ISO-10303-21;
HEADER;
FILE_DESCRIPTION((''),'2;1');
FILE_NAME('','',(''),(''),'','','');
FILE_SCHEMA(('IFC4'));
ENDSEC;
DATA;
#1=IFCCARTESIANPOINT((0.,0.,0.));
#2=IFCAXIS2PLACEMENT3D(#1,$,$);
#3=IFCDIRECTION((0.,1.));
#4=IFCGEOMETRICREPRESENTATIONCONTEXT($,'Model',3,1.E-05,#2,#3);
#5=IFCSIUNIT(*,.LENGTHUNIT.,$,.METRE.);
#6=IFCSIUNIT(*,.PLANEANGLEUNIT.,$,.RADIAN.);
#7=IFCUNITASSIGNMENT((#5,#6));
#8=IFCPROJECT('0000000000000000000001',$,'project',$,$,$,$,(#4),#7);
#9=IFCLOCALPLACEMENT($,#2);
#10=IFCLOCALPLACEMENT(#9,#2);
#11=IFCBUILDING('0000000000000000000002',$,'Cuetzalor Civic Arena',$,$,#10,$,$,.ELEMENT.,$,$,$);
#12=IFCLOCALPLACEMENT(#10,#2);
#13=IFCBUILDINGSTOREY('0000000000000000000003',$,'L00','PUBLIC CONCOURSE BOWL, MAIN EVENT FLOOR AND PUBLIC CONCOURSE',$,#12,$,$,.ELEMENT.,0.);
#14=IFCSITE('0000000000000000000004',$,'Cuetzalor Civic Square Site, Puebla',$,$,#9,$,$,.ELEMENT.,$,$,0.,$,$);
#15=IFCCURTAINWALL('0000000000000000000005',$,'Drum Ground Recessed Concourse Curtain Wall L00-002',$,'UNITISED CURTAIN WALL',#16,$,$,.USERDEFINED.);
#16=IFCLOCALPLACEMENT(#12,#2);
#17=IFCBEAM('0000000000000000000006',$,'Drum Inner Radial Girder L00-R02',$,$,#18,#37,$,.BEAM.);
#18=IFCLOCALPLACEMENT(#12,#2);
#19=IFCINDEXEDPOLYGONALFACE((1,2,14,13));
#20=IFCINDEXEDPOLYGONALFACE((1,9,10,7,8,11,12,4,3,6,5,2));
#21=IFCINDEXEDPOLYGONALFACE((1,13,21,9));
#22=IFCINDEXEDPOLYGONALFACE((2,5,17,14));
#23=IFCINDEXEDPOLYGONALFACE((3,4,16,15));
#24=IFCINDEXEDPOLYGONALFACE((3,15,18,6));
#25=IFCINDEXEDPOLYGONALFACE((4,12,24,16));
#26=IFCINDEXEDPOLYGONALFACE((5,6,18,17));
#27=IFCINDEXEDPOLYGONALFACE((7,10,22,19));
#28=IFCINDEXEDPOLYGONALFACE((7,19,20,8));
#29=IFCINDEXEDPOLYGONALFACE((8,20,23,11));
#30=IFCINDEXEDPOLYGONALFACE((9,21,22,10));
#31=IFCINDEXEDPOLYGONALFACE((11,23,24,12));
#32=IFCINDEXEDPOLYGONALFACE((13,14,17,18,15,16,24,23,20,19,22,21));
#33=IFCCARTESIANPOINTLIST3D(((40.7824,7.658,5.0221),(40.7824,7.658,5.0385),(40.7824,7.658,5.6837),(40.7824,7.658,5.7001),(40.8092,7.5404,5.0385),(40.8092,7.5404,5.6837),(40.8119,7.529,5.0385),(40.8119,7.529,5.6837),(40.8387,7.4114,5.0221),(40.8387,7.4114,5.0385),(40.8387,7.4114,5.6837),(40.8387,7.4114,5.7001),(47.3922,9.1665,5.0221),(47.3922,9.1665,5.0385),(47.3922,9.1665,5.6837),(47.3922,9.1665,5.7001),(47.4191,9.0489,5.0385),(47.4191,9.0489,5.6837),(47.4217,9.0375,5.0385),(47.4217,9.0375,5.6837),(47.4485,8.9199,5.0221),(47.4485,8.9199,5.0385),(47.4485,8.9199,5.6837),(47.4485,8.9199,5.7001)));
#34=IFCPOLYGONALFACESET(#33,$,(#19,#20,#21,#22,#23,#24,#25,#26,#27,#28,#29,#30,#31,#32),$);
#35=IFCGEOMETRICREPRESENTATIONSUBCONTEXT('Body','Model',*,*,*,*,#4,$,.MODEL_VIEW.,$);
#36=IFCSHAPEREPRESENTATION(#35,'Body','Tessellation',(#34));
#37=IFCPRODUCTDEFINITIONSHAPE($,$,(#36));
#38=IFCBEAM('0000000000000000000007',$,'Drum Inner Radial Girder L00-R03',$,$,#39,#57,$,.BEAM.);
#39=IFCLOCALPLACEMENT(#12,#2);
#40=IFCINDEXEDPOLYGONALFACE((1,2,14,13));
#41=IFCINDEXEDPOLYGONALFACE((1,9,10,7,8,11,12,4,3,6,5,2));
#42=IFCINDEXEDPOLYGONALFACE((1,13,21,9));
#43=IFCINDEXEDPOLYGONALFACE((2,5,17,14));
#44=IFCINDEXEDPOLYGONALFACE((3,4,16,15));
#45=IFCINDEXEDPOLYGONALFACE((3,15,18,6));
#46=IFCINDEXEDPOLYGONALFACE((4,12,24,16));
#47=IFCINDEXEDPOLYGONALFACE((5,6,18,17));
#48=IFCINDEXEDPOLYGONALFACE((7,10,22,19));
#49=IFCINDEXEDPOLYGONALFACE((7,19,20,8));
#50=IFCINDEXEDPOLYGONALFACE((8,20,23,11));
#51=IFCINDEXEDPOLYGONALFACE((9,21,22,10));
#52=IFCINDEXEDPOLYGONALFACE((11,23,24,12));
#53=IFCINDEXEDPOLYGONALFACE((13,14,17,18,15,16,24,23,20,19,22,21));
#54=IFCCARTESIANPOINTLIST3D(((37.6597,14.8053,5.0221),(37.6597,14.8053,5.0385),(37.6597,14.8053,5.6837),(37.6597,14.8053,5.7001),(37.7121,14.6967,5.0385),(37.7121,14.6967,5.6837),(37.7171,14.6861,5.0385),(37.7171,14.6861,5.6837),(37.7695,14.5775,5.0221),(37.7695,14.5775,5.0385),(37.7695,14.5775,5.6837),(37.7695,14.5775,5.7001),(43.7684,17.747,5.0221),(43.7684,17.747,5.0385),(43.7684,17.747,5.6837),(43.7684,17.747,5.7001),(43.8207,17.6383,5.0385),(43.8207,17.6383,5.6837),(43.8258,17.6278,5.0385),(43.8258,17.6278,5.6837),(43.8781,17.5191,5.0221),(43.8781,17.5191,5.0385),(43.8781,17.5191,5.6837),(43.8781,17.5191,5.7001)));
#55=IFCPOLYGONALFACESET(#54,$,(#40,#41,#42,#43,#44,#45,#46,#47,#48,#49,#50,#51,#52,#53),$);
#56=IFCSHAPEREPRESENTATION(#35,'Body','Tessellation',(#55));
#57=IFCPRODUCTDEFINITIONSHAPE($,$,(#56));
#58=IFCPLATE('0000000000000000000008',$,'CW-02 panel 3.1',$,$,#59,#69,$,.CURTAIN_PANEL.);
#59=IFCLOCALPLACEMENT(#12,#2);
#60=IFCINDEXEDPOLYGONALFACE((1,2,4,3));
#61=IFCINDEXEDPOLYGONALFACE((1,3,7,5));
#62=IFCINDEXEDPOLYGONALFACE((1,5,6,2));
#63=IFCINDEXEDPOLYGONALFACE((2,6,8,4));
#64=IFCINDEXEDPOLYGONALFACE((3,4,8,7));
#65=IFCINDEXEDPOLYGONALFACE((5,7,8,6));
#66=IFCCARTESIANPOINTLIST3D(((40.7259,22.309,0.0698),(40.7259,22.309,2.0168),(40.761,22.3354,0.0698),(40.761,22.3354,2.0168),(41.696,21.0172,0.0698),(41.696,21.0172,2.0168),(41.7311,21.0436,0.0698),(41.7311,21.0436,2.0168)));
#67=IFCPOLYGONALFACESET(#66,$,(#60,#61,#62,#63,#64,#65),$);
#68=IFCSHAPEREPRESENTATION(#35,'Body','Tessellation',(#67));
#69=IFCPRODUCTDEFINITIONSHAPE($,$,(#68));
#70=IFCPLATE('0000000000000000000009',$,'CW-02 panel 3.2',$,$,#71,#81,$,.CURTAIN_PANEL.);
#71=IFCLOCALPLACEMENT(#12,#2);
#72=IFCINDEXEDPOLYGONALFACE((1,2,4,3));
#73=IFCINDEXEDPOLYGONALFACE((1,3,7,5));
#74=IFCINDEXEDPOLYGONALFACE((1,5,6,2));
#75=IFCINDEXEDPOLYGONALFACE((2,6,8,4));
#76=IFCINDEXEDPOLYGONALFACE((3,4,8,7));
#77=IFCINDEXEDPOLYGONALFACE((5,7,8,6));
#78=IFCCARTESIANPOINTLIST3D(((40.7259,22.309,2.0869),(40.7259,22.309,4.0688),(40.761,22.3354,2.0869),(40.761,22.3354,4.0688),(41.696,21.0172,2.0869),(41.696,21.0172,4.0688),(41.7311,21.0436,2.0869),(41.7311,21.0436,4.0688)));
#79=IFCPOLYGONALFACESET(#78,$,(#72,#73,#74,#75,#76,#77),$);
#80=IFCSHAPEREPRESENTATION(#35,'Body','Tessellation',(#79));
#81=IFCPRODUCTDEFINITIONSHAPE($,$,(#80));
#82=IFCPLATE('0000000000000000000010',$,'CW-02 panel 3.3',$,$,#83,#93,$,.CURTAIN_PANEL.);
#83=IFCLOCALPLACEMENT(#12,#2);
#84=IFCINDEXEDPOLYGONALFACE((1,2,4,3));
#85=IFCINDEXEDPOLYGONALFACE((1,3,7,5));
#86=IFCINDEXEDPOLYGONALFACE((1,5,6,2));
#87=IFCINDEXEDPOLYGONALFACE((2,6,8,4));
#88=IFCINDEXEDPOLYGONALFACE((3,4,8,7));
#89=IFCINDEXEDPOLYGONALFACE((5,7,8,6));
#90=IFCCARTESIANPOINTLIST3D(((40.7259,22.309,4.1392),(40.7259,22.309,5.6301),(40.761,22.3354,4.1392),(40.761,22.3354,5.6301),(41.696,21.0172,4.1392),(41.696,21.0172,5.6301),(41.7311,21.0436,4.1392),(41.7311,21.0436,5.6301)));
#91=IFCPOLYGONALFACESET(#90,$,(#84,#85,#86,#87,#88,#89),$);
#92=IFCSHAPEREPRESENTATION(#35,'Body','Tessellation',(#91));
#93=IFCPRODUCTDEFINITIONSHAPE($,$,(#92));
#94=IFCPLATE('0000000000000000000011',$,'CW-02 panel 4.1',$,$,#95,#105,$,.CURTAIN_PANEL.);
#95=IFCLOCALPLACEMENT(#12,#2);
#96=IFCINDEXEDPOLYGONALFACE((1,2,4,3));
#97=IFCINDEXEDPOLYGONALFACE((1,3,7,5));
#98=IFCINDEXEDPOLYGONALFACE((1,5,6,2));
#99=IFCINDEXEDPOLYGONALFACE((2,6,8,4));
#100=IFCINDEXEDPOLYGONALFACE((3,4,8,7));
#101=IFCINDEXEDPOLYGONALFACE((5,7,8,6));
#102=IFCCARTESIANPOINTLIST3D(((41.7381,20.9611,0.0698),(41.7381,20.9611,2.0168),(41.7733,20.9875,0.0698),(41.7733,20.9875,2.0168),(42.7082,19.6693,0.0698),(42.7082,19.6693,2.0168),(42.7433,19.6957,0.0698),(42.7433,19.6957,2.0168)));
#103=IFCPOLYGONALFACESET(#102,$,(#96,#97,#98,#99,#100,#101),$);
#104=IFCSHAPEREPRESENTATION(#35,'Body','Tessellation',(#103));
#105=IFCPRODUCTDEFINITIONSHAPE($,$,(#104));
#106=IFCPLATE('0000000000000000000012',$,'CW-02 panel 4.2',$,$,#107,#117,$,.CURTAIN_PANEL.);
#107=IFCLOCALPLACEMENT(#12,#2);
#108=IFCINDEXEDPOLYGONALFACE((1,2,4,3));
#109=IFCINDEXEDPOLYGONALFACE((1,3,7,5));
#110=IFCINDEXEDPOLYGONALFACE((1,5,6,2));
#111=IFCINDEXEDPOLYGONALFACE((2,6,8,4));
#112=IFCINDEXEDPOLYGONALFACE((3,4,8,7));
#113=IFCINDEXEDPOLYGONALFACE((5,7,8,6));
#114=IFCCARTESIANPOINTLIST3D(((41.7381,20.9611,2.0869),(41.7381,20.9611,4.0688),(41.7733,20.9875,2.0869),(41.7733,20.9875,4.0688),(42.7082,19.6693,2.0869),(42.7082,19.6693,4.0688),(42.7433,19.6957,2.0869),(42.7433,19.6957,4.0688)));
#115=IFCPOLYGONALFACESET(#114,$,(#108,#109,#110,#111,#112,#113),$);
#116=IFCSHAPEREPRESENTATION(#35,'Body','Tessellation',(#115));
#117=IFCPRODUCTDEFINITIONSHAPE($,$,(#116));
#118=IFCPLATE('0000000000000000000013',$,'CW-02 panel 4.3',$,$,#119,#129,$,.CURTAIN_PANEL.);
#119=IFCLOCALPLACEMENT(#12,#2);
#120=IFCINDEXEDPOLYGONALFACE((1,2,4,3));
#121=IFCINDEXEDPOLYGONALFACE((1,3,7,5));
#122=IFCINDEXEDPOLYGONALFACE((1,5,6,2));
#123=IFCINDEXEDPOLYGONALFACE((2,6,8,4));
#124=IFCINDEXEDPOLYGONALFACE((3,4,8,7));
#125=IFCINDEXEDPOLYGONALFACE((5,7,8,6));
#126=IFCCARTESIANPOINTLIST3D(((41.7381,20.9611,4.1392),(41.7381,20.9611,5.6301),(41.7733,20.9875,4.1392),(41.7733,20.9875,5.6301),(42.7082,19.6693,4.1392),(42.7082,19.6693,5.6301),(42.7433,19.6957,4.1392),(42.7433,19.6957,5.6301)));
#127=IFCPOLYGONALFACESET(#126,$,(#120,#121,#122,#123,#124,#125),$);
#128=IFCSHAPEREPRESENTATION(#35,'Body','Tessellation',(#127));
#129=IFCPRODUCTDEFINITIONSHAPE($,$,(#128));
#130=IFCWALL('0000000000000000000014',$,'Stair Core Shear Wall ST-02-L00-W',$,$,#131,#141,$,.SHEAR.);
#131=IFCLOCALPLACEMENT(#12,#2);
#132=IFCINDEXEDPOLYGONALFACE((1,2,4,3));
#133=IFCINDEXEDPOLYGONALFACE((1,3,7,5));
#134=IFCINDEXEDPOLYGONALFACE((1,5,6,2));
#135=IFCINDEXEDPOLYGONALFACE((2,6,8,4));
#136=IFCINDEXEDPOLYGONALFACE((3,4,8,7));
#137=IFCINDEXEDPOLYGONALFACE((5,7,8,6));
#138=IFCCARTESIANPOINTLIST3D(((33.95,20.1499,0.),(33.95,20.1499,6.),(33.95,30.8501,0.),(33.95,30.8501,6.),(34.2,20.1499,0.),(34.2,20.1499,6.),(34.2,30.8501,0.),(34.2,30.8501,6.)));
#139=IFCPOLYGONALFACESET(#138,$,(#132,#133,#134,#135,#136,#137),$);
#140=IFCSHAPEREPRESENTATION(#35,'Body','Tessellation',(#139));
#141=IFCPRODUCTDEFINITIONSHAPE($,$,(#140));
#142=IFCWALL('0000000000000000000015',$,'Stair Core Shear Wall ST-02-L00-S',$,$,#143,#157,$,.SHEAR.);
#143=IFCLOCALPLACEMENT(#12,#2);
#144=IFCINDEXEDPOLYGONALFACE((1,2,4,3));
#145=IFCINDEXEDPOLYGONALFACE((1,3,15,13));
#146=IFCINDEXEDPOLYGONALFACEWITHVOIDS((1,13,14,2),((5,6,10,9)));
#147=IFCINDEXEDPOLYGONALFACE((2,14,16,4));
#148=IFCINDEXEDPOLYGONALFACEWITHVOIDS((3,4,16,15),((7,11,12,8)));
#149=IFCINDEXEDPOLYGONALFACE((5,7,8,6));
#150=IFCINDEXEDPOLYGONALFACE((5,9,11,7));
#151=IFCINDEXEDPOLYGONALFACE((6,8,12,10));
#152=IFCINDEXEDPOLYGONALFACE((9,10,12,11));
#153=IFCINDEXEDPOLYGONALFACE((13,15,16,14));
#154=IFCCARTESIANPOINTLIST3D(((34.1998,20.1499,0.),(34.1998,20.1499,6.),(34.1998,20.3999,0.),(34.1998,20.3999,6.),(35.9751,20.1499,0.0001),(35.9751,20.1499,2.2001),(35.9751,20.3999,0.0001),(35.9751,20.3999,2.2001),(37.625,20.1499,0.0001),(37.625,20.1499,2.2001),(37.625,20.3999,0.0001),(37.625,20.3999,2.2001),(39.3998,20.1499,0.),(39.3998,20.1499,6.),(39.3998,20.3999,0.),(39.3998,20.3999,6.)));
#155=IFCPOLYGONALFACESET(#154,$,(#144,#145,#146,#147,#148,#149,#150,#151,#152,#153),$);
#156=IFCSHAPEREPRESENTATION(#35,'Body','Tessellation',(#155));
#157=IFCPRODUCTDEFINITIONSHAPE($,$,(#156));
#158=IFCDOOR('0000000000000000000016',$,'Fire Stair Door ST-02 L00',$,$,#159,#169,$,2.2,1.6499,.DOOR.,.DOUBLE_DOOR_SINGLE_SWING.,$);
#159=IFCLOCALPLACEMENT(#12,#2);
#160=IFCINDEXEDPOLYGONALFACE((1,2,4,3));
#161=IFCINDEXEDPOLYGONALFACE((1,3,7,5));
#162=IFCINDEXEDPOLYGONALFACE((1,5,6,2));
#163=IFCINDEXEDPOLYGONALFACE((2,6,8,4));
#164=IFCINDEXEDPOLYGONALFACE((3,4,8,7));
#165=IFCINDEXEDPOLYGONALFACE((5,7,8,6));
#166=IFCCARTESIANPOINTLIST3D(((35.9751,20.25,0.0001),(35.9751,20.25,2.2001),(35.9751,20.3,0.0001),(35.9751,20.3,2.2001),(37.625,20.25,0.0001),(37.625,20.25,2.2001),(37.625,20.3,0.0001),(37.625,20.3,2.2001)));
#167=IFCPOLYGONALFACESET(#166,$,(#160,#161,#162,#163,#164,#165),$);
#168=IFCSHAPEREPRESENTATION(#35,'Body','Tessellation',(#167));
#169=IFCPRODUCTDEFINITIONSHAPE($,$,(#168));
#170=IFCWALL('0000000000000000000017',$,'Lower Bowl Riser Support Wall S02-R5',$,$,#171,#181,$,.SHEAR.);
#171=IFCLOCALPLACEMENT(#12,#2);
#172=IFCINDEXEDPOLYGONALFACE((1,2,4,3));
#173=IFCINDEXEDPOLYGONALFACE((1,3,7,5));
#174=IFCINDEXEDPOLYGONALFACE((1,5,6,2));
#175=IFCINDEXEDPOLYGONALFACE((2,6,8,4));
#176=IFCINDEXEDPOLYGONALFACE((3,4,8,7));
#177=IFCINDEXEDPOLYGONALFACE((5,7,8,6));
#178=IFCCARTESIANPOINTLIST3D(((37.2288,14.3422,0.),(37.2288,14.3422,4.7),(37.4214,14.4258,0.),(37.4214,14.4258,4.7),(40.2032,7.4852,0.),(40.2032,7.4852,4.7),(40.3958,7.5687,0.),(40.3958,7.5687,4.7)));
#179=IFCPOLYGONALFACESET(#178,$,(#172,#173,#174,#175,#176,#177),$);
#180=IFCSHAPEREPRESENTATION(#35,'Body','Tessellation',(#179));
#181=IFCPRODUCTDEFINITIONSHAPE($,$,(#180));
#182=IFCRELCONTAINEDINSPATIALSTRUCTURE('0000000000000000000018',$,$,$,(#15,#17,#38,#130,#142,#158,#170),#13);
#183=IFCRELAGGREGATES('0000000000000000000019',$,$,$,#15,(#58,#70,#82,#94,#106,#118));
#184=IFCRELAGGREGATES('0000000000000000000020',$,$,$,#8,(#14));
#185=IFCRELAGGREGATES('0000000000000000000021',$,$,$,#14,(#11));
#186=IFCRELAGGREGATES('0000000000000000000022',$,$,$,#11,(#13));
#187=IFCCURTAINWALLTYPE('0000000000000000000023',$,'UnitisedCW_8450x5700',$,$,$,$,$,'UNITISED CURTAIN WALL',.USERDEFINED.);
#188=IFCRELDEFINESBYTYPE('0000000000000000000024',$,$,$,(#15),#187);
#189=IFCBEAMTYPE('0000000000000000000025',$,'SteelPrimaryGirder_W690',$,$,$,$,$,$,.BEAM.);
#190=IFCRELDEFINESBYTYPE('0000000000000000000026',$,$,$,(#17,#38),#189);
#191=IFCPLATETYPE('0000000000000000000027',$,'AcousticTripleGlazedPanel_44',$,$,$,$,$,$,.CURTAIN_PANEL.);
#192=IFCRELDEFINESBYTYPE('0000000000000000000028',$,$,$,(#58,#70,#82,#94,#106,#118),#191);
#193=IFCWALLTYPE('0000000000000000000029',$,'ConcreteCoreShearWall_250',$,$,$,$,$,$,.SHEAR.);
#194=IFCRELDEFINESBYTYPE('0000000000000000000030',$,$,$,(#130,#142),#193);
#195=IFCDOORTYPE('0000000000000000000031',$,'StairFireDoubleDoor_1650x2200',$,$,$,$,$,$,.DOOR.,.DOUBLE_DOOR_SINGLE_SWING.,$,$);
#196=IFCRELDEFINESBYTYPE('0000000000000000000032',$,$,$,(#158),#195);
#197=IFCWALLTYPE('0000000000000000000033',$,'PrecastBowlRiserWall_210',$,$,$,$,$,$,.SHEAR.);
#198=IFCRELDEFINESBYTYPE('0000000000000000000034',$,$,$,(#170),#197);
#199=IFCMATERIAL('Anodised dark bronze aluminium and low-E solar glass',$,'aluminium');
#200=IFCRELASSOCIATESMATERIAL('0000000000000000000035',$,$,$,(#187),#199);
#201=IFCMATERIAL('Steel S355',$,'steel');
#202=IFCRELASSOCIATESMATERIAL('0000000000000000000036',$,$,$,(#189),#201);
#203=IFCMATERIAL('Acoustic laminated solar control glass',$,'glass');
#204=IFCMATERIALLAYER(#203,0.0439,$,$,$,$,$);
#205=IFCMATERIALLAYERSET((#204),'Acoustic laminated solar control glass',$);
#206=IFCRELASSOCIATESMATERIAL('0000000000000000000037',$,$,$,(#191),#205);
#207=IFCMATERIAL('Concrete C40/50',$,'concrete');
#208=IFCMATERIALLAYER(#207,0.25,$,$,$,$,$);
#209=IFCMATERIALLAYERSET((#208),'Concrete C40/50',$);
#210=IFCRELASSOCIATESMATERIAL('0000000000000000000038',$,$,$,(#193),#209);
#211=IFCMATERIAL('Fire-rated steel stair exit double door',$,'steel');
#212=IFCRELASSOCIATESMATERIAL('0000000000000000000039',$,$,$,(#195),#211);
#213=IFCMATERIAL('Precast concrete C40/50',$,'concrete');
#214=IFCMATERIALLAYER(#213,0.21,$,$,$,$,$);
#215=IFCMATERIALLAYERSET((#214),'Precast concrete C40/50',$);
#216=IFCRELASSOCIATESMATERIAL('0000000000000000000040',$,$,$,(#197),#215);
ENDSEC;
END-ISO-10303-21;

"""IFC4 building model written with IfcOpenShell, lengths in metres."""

from ifc_helpers import new_model, si_unit, direction, frame, frame_2d, origin, origin_2d, place, context, subcontext, project, spatial, rectangle, i_section, extrude, material, layer, layer_set, material_profile, profile_set, type_object, element, fill, aggregate, save


model = new_model("IFC4")

# Units and contexts
model_context = context("Model", 3, precision=1e-05, world=origin(), true_north=direction((0.0, 1.0)))
body_context = subcontext(model_context, "Body", "Model", "MODEL_VIEW")
ifc_project = project(units=[si_unit("LENGTHUNIT", "METRE"), si_unit("PLANEANGLEUNIT", "RADIAN")], contexts=[model_context])

# Site, building, storey
site_placement = place(None, origin())
site = spatial("IfcSite", under=ifc_project, at=site_placement, Name="Cuetzalor Civic Square Site, Puebla", CompositionType="ELEMENT", RefElevation=0.0)
building_placement = place(site_placement, origin())
building = spatial("IfcBuilding", under=site, at=building_placement, Name="Cuetzalor Civic Arena", CompositionType="ELEMENT")
storey_placement = place(building_placement, origin())
storey = spatial("IfcBuildingStorey", under=building, at=storey_placement, Name="L00", Description="PUBLIC CONCOURSE BOWL, MAIN EVENT FLOOR AND PUBLIC CONCOURSE", CompositionType="ELEMENT", Elevation=0.0)

# Curtain wall
ifc_material_1 = material(Name="Anodised dark bronze aluminium and low-E solar glass", Category="aluminium")
curtain_wall_type = type_object("IfcCurtainWallType", Name="UnitisedCW_8450x5700", ElementType="UNITISED CURTAIN WALL", PredefinedType="USERDEFINED", material=ifc_material_1)
curtain_wall_placement = place(storey_placement, origin())
curtain_wall = element("IfcCurtainWall", 1, at=curtain_wall_placement, inside=storey, type_object=curtain_wall_type, Name="Drum Ground Recessed Concourse Curtain Wall L00-002", ObjectType="UNITISED CURTAIN WALL", PredefinedType="USERDEFINED")

# Beams
ifc_material_2 = material(Name="Steel S355", Category="steel")
ifc_material_profile_1 = material_profile(ifc_material_2, i_section(OverallWidth=0.2529, OverallDepth=0.678, WebThickness=0.0117, FlangeThickness=0.0164, at=origin_2d()), Name="W690x125")
ifc_profile_set_1 = profile_set([ifc_material_profile_1], Name="Steel S355")
beam_type_1 = type_object("IfcBeamType", Name="SteelPrimaryGirder_W690", PredefinedType="BEAM", material=ifc_profile_set_1)
beam_1_placement = place(storey_placement, frame((40.8105, 7.5347, 5.3611), z_axis=(0.974932, 0.222505, 0.0), x_axis=(-0.222505, 0.974932, 0.0)))
element("IfcBeam", 2, at=beam_1_placement, inside=storey, type_object=beam_type_1, Name="Drum Inner Radial Girder L00-R02", PredefinedType="BEAM", context=body_context, shape_type="SweptSolid", body=[
    extrude(i_section(OverallWidth=0.2529, OverallDepth=0.678, WebThickness=0.0117, FlangeThickness=0.0164, at=origin_2d()), origin(), (0.0, 0.0, 1.0), 6.7798),
])
beam_2_placement = place(storey_placement, frame((37.7146, 14.6914, 5.3611), z_axis=(0.900976, 0.43387, 0.0), x_axis=(-0.43387, 0.900976, 0.0)))
element("IfcBeam", 3, at=beam_2_placement, inside=storey, type_object=beam_type_1, Name="Drum Inner Radial Girder L00-R03", PredefinedType="BEAM", context=body_context, shape_type="SweptSolid", body=[
    extrude(i_section(OverallWidth=0.2529, OverallDepth=0.678, WebThickness=0.0117, FlangeThickness=0.0164, at=origin_2d()), origin(), (0.0, 0.0, 1.0), 6.78),
])

# Plates
ifc_material_3 = material(Name="Acoustic laminated solar control glass", Category="glass")
ifc_layer_1 = layer(ifc_material_3, 0.0439)
ifc_layer_set_1 = layer_set([ifc_layer_1], Name="Acoustic laminated solar control glass")
plate_type = type_object("IfcPlateType", Name="AcousticTripleGlazedPanel_44", PredefinedType="CURTAIN_PANEL", material=ifc_layer_set_1)
plate_1_placement = place(storey_placement, frame((41.2285, 21.6763, 0.0698), z_axis=(0.0, 0.0, 1.0), x_axis=(0.600492, -0.799631, 0.0)))
plate_1 = element("IfcPlate", 4, at=plate_1_placement, type_object=plate_type, Name="CW-02 panel 3.1", PredefinedType="CURTAIN_PANEL", context=body_context, shape_type="SweptSolid", body=[
    extrude(rectangle(XDim=1.6155, YDim=0.0439, at=origin_2d()), origin(), (0.0, 0.0, 1.0), 1.947),
])
plate_2_placement = place(storey_placement, frame((41.2285, 21.6763, 2.0869), z_axis=(0.0, 0.0, 1.0), x_axis=(0.600492, -0.799631, 0.0)))
plate_2 = element("IfcPlate", 5, at=plate_2_placement, type_object=plate_type, Name="CW-02 panel 3.2", PredefinedType="CURTAIN_PANEL", context=body_context, shape_type="SweptSolid", body=[
    extrude(rectangle(XDim=1.6155, YDim=0.0439, at=origin_2d()), origin(), (0.0, 0.0, 1.0), 1.9819),
])
plate_3_placement = place(storey_placement, frame((41.2285, 21.6763, 4.1392), z_axis=(0.0, 0.0, 1.0), x_axis=(0.600492, -0.799631, 0.0)))
plate_3 = element("IfcPlate", 6, at=plate_3_placement, type_object=plate_type, Name="CW-02 panel 3.3", PredefinedType="CURTAIN_PANEL", context=body_context, shape_type="SweptSolid", body=[
    extrude(rectangle(XDim=1.6155, YDim=0.0439, at=origin_2d()), origin(), (0.0, 0.0, 1.0), 1.491),
])
plate_4_placement = place(storey_placement, frame((42.2407, 20.3284, 0.0698), z_axis=(0.0, 0.0, 1.0), x_axis=(0.600492, -0.799631, 0.0)))
plate_4 = element("IfcPlate", 7, at=plate_4_placement, type_object=plate_type, Name="CW-02 panel 4.1", PredefinedType="CURTAIN_PANEL", context=body_context, shape_type="SweptSolid", body=[
    extrude(rectangle(XDim=1.6155, YDim=0.0439, at=origin_2d()), origin(), (0.0, 0.0, 1.0), 1.947),
])
plate_5_placement = place(storey_placement, frame((42.2407, 20.3284, 2.0869), z_axis=(0.0, 0.0, 1.0), x_axis=(0.600492, -0.799631, 0.0)))
plate_5 = element("IfcPlate", 8, at=plate_5_placement, type_object=plate_type, Name="CW-02 panel 4.2", PredefinedType="CURTAIN_PANEL", context=body_context, shape_type="SweptSolid", body=[
    extrude(rectangle(XDim=1.6155, YDim=0.0439, at=origin_2d()), origin(), (0.0, 0.0, 1.0), 1.9819),
])
plate_6_placement = place(storey_placement, frame((42.2407, 20.3284, 4.1392), z_axis=(0.0, 0.0, 1.0), x_axis=(0.600492, -0.799631, 0.0)))
plate_6 = element("IfcPlate", 9, at=plate_6_placement, type_object=plate_type, Name="CW-02 panel 4.3", PredefinedType="CURTAIN_PANEL", context=body_context, shape_type="SweptSolid", body=[
    extrude(rectangle(XDim=1.6155, YDim=0.0439, at=origin_2d()), origin(), (0.0, 0.0, 1.0), 1.491),
])
aggregate(curtain_wall, [plate_1, plate_2, plate_3, plate_4, plate_5, plate_6])

# Wall
ifc_material_4 = material(Name="Concrete C40/50", Category="concrete")
ifc_layer_2 = layer(ifc_material_4, 0.25)
ifc_layer_set_2 = layer_set([ifc_layer_2], Name="Concrete C40/50")
wall_type_1 = type_object("IfcWallType", Name="ConcreteCoreShearWall_250", PredefinedType="SHEAR", material=ifc_layer_set_2)
wall_1_placement = place(storey_placement, frame((34.075, 20.1499, 0.0), z_axis=(0.0, 0.0, 1.0), x_axis=(0.0, 1.0, 0.0)))
element("IfcWall", 10, at=wall_1_placement, inside=storey, type_object=wall_type_1, Name="Stair Core Shear Wall ST-02-L00-W", PredefinedType="SHEAR", context=body_context, shape_type="SweptSolid", body=[
    extrude(rectangle(XDim=10.7002, YDim=0.25, at=frame_2d((5.3501, 0.0))), origin(), (0.0, 0.0, 1.0), 6.0),
])

# Wall, opening, door
wall_2_placement = place(storey_placement, frame((39.3999, 20.2749, 0.0), z_axis=(0.0, 0.0, 1.0), x_axis=(-1.0, 0.0, 0.0)))
wall_2 = element("IfcWall", 11, at=wall_2_placement, inside=storey, type_object=wall_type_1, Name="Stair Core Shear Wall ST-02-L00-S", PredefinedType="SHEAR", context=body_context, shape_type="SweptSolid", body=[
    extrude(rectangle(XDim=5.2, YDim=0.25, at=frame_2d((2.6001, 0.0))), origin(), (0.0, 0.0, 1.0), 6.0),
])
opening_placement = place(wall_2_placement, frame((1.7749, 0.0, 0.0)))
opening = element("IfcOpeningElement", 12, at=opening_placement, cuts=wall_2, PredefinedType="OPENING", context=body_context, shape_type="SweptSolid", body=[
    extrude(rectangle(XDim=1.6499, YDim=2.2, at=frame_2d((0.825, 1.1001))), frame((0.0, 0.135, 0.0), z_axis=(0.0, -1.0, 0.0), x_axis=(1.0, 0.0, 0.0)), (0.0, 0.0, 1.0), 0.27),
])
ifc_material_5 = material(Name="Fire-rated steel stair exit double door", Category="steel")
door_type = type_object("IfcDoorType", Name="StairFireDoubleDoor_1650x2200", OperationType="DOUBLE_DOOR_SINGLE_SWING", PredefinedType="DOOR", material=ifc_material_5)
door_placement = place(opening_placement, origin())
door = element("IfcDoor", 13, at=door_placement, inside=storey, type_object=door_type, Name="Fire Stair Door ST-02 L00", OperationType="DOUBLE_DOOR_SINGLE_SWING", OverallHeight=2.2, OverallWidth=1.6499, PredefinedType="DOOR", context=body_context, shape_type="SweptSolid", body=[
    extrude(rectangle(XDim=1.6499, YDim=2.2, at=frame_2d((0.825, 1.1001))), frame((0.0, 0.0249, 0.0), z_axis=(0.0, -1.0, 0.0), x_axis=(1.0, 0.0, 0.0)), (0.0, 0.0, 1.0), 0.05),
])
fill(opening, door)

# Wall
ifc_material_6 = material(Name="Precast concrete C40/50", Category="concrete")
ifc_layer_3 = layer(ifc_material_6, 0.21)
ifc_layer_set_3 = layer_set([ifc_layer_3], Name="Precast concrete C40/50")
wall_type_2 = type_object("IfcWallType", Name="PrecastBowlRiserWall_210", PredefinedType="SHEAR", material=ifc_layer_set_3)
wall_3_placement = place(storey_placement, frame((40.2996, 7.5269, 0.0), z_axis=(0.0, 0.0, 1.0), x_axis=(-0.397948, 0.917408, 0.0)))
element("IfcWall", 14, at=wall_3_placement, inside=storey, type_object=wall_type_2, Name="Lower Bowl Riser Support Wall S02-R5", PredefinedType="SHEAR", context=body_context, shape_type="SweptSolid", body=[
    extrude(rectangle(XDim=7.4744, YDim=0.21, at=frame_2d((3.7373, 0.0))), origin(), (0.0, 0.0, 1.0), 4.7),
])

save(model, "model.ifc")
